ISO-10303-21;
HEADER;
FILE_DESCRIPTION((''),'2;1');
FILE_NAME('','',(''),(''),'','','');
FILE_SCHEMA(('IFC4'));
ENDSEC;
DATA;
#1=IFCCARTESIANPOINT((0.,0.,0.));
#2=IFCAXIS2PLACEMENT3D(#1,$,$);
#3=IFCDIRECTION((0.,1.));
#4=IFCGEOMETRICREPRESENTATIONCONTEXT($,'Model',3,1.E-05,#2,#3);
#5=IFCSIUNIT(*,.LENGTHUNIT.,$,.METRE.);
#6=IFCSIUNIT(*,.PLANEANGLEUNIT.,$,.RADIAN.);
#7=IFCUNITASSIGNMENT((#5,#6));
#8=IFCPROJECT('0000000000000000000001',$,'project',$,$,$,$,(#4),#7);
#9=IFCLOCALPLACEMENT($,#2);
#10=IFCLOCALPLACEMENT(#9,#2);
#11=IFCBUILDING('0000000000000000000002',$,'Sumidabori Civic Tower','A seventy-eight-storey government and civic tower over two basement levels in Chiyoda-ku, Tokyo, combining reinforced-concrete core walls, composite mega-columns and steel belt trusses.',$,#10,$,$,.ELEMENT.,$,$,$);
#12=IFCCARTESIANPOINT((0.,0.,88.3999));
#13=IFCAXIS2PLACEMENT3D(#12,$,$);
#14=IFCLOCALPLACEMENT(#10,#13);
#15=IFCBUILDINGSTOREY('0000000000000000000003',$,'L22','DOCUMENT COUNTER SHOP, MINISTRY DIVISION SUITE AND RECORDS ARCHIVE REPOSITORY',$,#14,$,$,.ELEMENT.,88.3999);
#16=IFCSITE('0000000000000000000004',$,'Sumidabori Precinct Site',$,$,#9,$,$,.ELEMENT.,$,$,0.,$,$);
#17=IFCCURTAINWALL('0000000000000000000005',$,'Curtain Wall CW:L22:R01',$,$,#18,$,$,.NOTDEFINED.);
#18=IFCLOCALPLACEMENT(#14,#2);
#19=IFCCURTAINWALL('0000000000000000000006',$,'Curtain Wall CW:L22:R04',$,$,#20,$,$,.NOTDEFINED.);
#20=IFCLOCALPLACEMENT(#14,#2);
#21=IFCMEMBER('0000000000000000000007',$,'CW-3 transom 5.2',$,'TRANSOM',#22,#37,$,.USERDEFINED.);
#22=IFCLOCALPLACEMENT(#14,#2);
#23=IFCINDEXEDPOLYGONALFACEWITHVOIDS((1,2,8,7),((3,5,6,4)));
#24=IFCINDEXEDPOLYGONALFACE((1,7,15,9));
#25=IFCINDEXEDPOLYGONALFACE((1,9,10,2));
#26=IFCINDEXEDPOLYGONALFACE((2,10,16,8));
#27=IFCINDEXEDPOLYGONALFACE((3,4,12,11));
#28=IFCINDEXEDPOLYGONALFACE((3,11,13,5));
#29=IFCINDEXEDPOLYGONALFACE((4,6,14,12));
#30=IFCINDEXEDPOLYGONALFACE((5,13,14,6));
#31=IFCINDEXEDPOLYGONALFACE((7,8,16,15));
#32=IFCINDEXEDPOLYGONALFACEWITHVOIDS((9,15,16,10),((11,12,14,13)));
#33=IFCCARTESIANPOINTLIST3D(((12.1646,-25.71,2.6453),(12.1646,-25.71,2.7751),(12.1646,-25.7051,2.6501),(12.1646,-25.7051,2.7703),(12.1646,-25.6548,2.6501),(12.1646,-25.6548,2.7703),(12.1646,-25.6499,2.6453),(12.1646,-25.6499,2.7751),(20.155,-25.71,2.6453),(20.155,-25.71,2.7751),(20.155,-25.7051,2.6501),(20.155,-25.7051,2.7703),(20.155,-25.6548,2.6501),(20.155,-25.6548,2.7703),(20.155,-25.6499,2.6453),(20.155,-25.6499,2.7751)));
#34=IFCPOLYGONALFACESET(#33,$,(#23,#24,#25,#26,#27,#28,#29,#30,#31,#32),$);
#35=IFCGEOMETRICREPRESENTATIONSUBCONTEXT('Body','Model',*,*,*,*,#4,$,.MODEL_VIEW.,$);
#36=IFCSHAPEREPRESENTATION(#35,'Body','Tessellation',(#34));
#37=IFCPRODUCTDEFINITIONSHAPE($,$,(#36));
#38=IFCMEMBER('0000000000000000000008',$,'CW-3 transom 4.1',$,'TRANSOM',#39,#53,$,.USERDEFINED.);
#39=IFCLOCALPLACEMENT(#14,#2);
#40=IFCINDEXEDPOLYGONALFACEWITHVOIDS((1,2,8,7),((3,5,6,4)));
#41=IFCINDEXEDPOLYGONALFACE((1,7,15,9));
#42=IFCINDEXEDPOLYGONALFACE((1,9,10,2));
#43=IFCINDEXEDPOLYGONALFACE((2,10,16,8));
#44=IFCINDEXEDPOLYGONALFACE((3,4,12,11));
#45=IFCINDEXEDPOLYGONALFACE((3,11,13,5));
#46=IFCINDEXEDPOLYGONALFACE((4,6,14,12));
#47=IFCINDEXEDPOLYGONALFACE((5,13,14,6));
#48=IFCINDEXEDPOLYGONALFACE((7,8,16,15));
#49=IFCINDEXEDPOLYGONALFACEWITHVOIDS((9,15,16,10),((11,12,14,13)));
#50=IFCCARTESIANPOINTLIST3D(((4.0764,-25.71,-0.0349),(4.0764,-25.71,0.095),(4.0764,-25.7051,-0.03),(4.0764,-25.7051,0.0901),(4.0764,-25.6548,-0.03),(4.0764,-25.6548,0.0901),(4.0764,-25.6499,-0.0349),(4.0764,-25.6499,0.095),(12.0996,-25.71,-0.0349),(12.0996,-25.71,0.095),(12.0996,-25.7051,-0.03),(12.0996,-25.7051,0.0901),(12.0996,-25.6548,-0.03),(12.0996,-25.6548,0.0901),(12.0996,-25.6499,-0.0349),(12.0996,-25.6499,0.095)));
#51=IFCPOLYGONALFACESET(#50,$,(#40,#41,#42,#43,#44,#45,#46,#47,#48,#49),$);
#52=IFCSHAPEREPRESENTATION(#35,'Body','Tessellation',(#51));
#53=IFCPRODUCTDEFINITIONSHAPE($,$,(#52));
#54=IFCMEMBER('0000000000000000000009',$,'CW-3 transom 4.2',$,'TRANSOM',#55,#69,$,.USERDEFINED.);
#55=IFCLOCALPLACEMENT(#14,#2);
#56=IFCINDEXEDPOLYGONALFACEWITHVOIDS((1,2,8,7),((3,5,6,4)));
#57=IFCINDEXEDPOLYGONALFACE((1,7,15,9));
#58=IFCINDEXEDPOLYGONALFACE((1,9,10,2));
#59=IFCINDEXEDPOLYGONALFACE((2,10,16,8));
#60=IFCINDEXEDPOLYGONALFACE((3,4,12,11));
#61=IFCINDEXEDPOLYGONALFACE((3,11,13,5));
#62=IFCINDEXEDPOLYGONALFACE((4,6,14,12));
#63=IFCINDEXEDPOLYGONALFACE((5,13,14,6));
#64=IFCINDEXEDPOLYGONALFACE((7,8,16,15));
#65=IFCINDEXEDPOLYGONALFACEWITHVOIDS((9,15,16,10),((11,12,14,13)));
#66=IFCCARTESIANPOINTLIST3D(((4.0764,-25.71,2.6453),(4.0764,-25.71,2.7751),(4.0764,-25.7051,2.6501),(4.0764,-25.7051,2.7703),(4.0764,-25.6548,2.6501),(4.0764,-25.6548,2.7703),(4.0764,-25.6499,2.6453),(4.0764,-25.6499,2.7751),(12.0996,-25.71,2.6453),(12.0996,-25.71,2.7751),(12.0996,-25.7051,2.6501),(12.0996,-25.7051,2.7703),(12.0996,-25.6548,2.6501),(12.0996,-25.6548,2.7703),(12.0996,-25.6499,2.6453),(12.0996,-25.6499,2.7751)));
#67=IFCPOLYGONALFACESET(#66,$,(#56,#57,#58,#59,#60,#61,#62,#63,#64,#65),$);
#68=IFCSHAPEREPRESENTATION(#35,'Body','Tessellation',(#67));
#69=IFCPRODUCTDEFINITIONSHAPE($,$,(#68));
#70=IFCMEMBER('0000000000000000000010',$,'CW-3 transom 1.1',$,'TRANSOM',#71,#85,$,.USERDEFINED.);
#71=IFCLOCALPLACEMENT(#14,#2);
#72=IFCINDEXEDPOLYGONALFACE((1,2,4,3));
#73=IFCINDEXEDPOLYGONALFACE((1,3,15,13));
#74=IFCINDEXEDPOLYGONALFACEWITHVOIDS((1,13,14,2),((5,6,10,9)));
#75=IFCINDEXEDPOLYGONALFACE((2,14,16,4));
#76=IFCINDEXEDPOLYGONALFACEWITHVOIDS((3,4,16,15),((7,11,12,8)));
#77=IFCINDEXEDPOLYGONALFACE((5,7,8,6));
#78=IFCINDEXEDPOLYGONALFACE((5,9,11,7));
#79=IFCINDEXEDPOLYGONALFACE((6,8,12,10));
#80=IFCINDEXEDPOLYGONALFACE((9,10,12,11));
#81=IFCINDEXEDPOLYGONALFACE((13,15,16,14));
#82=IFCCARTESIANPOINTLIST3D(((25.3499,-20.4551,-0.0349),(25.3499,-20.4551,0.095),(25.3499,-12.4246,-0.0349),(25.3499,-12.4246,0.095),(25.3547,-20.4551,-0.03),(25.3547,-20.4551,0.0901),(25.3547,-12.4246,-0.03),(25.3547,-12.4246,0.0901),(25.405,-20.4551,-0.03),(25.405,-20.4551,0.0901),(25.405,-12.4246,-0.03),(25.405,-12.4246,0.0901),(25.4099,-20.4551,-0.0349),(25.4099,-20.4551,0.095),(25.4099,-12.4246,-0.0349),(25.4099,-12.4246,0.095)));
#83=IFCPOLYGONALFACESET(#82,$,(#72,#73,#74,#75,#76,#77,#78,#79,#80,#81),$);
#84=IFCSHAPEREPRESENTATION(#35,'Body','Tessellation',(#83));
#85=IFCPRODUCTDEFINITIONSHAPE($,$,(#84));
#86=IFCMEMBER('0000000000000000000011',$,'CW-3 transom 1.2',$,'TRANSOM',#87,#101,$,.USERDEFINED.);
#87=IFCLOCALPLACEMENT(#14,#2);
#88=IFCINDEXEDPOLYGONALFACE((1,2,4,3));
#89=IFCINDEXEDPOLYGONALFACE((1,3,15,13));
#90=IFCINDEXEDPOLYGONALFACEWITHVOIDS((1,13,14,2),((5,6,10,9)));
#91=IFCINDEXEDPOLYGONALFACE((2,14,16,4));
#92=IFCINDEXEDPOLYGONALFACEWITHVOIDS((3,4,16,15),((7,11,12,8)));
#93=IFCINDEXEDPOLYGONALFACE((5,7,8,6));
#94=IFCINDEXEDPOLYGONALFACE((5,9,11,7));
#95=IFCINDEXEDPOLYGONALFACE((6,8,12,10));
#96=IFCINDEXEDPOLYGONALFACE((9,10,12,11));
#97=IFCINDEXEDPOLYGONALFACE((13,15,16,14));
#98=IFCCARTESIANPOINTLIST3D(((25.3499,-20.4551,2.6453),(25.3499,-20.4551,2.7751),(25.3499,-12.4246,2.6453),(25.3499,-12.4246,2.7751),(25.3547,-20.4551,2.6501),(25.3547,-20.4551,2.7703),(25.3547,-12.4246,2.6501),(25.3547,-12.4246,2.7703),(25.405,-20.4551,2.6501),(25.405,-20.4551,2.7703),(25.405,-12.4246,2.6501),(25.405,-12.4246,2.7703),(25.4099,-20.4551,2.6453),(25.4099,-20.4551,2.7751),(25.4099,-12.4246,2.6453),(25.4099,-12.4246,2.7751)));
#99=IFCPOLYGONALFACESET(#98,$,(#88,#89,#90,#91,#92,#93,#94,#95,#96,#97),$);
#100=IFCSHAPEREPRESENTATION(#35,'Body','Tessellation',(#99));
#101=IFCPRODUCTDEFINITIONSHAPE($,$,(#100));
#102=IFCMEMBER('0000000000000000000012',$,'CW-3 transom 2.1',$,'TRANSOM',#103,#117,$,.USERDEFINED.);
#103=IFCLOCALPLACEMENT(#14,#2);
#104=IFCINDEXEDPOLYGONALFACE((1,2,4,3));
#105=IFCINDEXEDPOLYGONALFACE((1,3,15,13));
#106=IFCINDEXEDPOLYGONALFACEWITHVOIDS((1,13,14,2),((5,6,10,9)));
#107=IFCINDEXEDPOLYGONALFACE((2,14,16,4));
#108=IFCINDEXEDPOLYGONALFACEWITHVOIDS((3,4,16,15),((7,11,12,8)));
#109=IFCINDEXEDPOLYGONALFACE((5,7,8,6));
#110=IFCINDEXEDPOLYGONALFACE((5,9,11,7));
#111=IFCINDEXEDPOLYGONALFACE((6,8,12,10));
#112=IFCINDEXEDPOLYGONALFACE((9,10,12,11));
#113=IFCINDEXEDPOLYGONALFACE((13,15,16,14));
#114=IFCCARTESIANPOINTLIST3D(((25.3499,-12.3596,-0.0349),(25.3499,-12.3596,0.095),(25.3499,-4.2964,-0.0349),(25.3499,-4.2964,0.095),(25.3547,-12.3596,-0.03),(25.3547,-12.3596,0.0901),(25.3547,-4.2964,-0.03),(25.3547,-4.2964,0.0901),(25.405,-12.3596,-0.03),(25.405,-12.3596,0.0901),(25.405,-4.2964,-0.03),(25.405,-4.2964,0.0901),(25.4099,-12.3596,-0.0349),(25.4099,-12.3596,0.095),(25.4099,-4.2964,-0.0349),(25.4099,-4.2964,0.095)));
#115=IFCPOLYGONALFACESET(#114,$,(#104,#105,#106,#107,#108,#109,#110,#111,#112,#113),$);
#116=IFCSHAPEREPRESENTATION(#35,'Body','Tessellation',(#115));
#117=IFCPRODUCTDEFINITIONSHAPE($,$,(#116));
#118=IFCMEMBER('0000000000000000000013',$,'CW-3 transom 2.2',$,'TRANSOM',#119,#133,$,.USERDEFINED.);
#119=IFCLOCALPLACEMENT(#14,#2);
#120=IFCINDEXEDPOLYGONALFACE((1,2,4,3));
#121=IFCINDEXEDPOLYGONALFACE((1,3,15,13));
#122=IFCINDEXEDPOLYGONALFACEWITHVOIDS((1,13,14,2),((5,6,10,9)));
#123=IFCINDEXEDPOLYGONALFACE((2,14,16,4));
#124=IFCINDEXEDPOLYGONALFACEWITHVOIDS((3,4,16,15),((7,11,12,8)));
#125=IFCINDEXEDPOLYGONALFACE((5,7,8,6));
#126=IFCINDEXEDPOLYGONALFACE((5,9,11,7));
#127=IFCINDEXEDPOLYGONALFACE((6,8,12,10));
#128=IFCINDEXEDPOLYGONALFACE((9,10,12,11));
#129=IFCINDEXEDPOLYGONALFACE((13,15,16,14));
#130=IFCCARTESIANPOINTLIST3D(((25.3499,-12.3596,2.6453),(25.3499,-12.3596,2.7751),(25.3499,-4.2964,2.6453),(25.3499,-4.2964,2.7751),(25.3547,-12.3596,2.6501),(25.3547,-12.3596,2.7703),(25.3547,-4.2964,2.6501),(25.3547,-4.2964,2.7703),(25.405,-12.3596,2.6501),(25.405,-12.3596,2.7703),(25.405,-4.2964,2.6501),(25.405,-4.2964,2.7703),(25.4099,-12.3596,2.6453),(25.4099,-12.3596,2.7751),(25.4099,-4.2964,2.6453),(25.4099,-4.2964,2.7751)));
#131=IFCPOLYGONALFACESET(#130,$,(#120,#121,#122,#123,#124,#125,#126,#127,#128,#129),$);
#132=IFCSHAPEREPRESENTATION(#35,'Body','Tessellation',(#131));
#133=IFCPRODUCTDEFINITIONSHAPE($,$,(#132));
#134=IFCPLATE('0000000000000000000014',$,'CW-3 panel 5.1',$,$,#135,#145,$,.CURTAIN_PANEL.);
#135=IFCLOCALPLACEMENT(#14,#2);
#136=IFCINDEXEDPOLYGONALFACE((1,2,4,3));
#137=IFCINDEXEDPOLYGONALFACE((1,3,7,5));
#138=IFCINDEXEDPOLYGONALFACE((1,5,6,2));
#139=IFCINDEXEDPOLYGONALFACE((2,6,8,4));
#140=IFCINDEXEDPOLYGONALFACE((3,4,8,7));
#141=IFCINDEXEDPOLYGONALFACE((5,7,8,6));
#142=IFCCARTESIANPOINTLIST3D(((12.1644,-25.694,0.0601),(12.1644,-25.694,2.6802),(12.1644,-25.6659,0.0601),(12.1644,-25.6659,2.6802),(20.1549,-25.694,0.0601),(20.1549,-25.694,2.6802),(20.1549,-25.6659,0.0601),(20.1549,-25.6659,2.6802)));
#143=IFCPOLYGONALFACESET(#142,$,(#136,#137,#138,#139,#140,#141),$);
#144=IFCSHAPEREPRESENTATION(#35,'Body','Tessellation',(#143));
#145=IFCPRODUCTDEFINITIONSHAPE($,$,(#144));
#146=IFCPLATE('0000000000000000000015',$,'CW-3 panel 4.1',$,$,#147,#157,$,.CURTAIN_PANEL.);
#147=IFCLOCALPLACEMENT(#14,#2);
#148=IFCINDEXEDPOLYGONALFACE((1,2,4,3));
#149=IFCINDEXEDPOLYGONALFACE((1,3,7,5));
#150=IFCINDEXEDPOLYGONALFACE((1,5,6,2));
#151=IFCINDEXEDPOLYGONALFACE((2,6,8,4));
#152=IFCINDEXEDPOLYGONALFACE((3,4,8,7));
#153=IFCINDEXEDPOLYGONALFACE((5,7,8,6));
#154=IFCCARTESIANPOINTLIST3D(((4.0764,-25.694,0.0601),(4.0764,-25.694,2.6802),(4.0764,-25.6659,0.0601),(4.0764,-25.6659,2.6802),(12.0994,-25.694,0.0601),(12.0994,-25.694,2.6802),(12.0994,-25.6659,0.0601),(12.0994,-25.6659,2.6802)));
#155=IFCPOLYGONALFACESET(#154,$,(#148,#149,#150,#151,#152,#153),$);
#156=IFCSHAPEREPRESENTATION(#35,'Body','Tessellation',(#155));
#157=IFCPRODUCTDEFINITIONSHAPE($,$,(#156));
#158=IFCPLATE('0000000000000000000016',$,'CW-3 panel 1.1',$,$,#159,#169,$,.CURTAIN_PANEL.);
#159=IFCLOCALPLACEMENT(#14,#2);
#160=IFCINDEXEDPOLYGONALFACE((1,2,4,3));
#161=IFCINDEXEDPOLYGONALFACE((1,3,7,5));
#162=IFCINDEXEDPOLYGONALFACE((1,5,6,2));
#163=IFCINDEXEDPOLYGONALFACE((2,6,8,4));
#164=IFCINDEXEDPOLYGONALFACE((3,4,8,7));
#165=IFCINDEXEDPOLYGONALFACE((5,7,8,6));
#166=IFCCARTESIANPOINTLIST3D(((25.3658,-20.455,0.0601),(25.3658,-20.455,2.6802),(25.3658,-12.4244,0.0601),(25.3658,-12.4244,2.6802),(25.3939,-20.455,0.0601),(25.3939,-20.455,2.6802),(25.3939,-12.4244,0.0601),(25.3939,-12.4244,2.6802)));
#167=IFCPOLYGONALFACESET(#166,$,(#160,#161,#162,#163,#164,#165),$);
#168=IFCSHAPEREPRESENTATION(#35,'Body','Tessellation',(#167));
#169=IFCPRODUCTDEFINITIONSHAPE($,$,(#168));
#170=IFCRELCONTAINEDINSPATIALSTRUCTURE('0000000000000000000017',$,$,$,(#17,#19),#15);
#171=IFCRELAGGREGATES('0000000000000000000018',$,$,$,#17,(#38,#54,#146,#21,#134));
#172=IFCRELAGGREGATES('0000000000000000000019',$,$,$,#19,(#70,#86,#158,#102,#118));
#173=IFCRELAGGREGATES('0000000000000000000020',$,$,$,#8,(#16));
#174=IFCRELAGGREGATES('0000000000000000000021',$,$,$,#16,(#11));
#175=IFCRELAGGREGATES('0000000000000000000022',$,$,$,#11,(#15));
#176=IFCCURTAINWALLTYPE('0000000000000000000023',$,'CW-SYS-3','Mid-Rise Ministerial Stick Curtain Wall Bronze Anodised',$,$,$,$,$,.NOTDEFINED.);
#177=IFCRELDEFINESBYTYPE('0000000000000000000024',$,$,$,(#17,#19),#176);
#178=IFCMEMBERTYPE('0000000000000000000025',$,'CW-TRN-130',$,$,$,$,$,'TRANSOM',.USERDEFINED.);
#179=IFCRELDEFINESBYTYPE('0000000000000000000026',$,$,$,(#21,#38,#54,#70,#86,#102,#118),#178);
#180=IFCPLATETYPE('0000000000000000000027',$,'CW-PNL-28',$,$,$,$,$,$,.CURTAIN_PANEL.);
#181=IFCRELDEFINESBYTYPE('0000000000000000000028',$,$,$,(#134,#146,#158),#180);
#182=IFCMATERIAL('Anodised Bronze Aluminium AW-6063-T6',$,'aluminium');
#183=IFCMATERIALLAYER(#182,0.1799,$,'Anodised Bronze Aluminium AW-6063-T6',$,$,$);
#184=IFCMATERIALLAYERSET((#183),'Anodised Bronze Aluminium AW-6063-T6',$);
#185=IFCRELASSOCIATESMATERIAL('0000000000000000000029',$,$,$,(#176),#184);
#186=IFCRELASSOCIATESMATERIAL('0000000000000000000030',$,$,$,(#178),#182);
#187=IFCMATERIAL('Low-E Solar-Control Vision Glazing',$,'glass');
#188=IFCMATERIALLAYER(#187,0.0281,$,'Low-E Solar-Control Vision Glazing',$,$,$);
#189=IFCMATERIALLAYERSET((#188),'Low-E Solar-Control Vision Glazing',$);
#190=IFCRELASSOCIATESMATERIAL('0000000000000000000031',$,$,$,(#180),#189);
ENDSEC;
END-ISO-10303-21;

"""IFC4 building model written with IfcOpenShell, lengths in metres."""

from ifc_helpers import new_model, si_unit, direction, frame, origin, origin_2d, place, context, subcontext, project, spatial, rectangle, hollow_rectangle, extrude, source, transform, mapped, material, layer, layer_set, material_profile, profile_set, type_object, element, aggregate, save


model = new_model("IFC4")

# Units and contexts
model_context = context("Model", 3, precision=1e-05, world=origin(), true_north=direction((0.0, 1.0)))
body_context = subcontext(model_context, "Body", "Model", "MODEL_VIEW")
ifc_project = project(units=[si_unit("LENGTHUNIT", "METRE"), si_unit("PLANEANGLEUNIT", "RADIAN")], contexts=[model_context])

# Site, building, storey
site_placement = place(None, origin())
site = spatial("IfcSite", under=ifc_project, at=site_placement, Name="Sumidabori Precinct Site", CompositionType="ELEMENT", RefElevation=0.0)
building_placement = place(site_placement, origin())
building = spatial("IfcBuilding", under=site, at=building_placement, Name="Sumidabori Civic Tower", Description="A seventy-eight-storey government and civic tower over two basement levels in Chiyoda-ku, Tokyo, combining reinforced-concrete core walls, composite mega-columns and steel belt trusses.", CompositionType="ELEMENT")
storey_placement = place(building_placement, frame((0.0, 0.0, 88.3999)))
storey = spatial("IfcBuildingStorey", under=building, at=storey_placement, Name="L22", Description="DOCUMENT COUNTER SHOP, MINISTRY DIVISION SUITE AND RECORDS ARCHIVE REPOSITORY", CompositionType="ELEMENT", Elevation=88.3999)

# Curtain walls
ifc_material_1 = material(Name="Anodised Bronze Aluminium AW-6063-T6", Category="aluminium")
ifc_layer_1 = layer(ifc_material_1, 0.1799, Name="Anodised Bronze Aluminium AW-6063-T6")
ifc_layer_set_1 = layer_set([ifc_layer_1], Name="Anodised Bronze Aluminium AW-6063-T6")
curtain_wall_type = type_object("IfcCurtainWallType", Name="CW-SYS-3", Description="Mid-Rise Ministerial Stick Curtain Wall Bronze Anodised", PredefinedType="NOTDEFINED", material=ifc_layer_set_1)
curtain_wall_1_placement = place(storey_placement, origin())
curtain_wall_1 = element("IfcCurtainWall", 1, at=curtain_wall_1_placement, inside=storey, type_object=curtain_wall_type, Name="Curtain Wall CW:L22:R01", PredefinedType="NOTDEFINED")
curtain_wall_2_placement = place(storey_placement, origin())
curtain_wall_2 = element("IfcCurtainWall", 2, at=curtain_wall_2_placement, inside=storey, type_object=curtain_wall_type, Name="Curtain Wall CW:L22:R04", PredefinedType="NOTDEFINED")

# Members
ifc_material_profile_1 = material_profile(ifc_material_1, hollow_rectangle(XDim=0.0601, YDim=0.1299, WallThickness=0.0049, at=origin_2d()), Name="ALU TRANSOM 130x60")
ifc_profile_set_1 = profile_set([ifc_material_profile_1], Name="Anodised Bronze Aluminium AW-6063-T6")
member_type_1 = type_object("IfcMemberType", Name="CW-TRN-130", ElementType="TRANSOM", PredefinedType="USERDEFINED", material=ifc_profile_set_1)
shared_shape_1 = source(origin(), body_context, "Body", "SweptSolid", [
    extrude(hollow_rectangle(XDim=0.0601, YDim=0.1299, WallThickness=0.0049, at=origin_2d()), origin(), (0.0, 0.0, 1.0), 7.9905),
])
member_1_placement = place(storey_placement, frame((12.1646, -25.6799, 2.7102), z_axis=(1.0, 0.0, 0.0), x_axis=(0.0, 1.0, 0.0)))
member_1 = element("IfcMember", 3, at=member_1_placement, type_object=member_type_1, Name="CW-3 transom 5.2", ObjectType="TRANSOM", PredefinedType="USERDEFINED", context=body_context, shape_type="MappedRepresentation", body=[
    mapped(shared_shape_1, transform((0.0, 0.0, 0.0), x_axis=(1.0, 0.0, 0.0), y_axis=(0.0, 1.0, 0.0), z_axis=(0.0, 0.0, 1.0), scale=1.0)),
])
shared_shape_2 = source(origin(), body_context, "Body", "SweptSolid", [
    extrude(hollow_rectangle(XDim=0.0601, YDim=0.1299, WallThickness=0.0049, at=origin_2d()), origin(), (0.0, 0.0, 1.0), 8.0232),
])
member_2_placement = place(storey_placement, frame((4.0764, -25.6799, 0.03), z_axis=(1.0, 0.0, 0.0), x_axis=(0.0, 1.0, 0.0)))
member_2 = element("IfcMember", 4, at=member_2_placement, type_object=member_type_1, Name="CW-3 transom 4.1", ObjectType="TRANSOM", PredefinedType="USERDEFINED", context=body_context, shape_type="MappedRepresentation", body=[
    mapped(shared_shape_2, transform((0.0, 0.0, 0.0), x_axis=(1.0, 0.0, 0.0), y_axis=(0.0, 1.0, 0.0), z_axis=(0.0, 0.0, 1.0), scale=1.0)),
])
member_3_placement = place(storey_placement, frame((4.0764, -25.6799, 2.7102), z_axis=(1.0, 0.0, 0.0), x_axis=(0.0, 1.0, 0.0)))
member_3 = element("IfcMember", 5, at=member_3_placement, type_object=member_type_1, Name="CW-3 transom 4.2", ObjectType="TRANSOM", PredefinedType="USERDEFINED", context=body_context, shape_type="MappedRepresentation", body=[
    mapped(shared_shape_2, transform((0.0, 0.0, 0.0), x_axis=(1.0, 0.0, 0.0), y_axis=(0.0, 1.0, 0.0), z_axis=(0.0, 0.0, 1.0), scale=1.0)),
])
shared_shape_3 = source(origin(), body_context, "Body", "SweptSolid", [
    extrude(hollow_rectangle(XDim=0.0601, YDim=0.1299, WallThickness=0.0049, at=origin_2d()), origin(), (0.0, 0.0, 1.0), 8.0305),
])
member_4_placement = place(storey_placement, frame((25.3799, -20.4551, 0.03), z_axis=(0.0, 1.0, 0.0), x_axis=(-1.0, 0.0, 0.0)))
member_4 = element("IfcMember", 6, at=member_4_placement, type_object=member_type_1, Name="CW-3 transom 1.1", ObjectType="TRANSOM", PredefinedType="USERDEFINED", context=body_context, shape_type="MappedRepresentation", body=[
    mapped(shared_shape_3, transform((0.0, 0.0, 0.0), x_axis=(1.0, 0.0, 0.0), y_axis=(0.0, 1.0, 0.0), z_axis=(0.0, 0.0, 1.0), scale=1.0)),
])
member_5_placement = place(storey_placement, frame((25.3799, -20.4551, 2.7102), z_axis=(0.0, 1.0, 0.0), x_axis=(-1.0, 0.0, 0.0)))
member_5 = element("IfcMember", 7, at=member_5_placement, type_object=member_type_1, Name="CW-3 transom 1.2", ObjectType="TRANSOM", PredefinedType="USERDEFINED", context=body_context, shape_type="MappedRepresentation", body=[
    mapped(shared_shape_3, transform((0.0, 0.0, 0.0), x_axis=(1.0, 0.0, 0.0), y_axis=(0.0, 1.0, 0.0), z_axis=(0.0, 0.0, 1.0), scale=1.0)),
])
shared_shape_4 = source(origin(), body_context, "Body", "SweptSolid", [
    extrude(hollow_rectangle(XDim=0.0601, YDim=0.1299, WallThickness=0.0049, at=origin_2d()), origin(), (0.0, 0.0, 1.0), 8.0632),
])
member_6_placement = place(storey_placement, frame((25.3799, -12.3596, 0.03), z_axis=(0.0, 1.0, 0.0), x_axis=(-1.0, 0.0, 0.0)))
member_6 = element("IfcMember", 8, at=member_6_placement, type_object=member_type_1, Name="CW-3 transom 2.1", ObjectType="TRANSOM", PredefinedType="USERDEFINED", context=body_context, shape_type="MappedRepresentation", body=[
    mapped(shared_shape_4, transform((0.0, 0.0, 0.0), x_axis=(1.0, 0.0, 0.0), y_axis=(0.0, 1.0, 0.0), z_axis=(0.0, 0.0, 1.0), scale=1.0)),
])
member_7_placement = place(storey_placement, frame((25.3799, -12.3596, 2.7102), z_axis=(0.0, 1.0, 0.0), x_axis=(-1.0, 0.0, 0.0)))
member_7 = element("IfcMember", 9, at=member_7_placement, type_object=member_type_1, Name="CW-3 transom 2.2", ObjectType="TRANSOM", PredefinedType="USERDEFINED", context=body_context, shape_type="MappedRepresentation", body=[
    mapped(shared_shape_4, transform((0.0, 0.0, 0.0), x_axis=(1.0, 0.0, 0.0), y_axis=(0.0, 1.0, 0.0), z_axis=(0.0, 0.0, 1.0), scale=1.0)),
])

# Plates
ifc_material_2 = material(Name="Low-E Solar-Control Vision Glazing", Category="glass")
ifc_layer_2 = layer(ifc_material_2, 0.0281, Name="Low-E Solar-Control Vision Glazing")
ifc_layer_set_2 = layer_set([ifc_layer_2], Name="Low-E Solar-Control Vision Glazing")
plate_type = type_object("IfcPlateType", Name="CW-PNL-28", PredefinedType="CURTAIN_PANEL", material=ifc_layer_set_2)
shared_shape_5 = source(origin(), body_context, "Body", "SweptSolid", [
    extrude(rectangle(XDim=7.9905, YDim=0.0281, at=origin_2d()), origin(), (0.0, 0.0, 1.0), 2.6201),
])
plate_1_placement = place(storey_placement, frame((16.1597, -25.6799, 0.0601), z_axis=(0.0, 0.0, 1.0), x_axis=(1.0, 0.0, 0.0)))
plate_1 = element("IfcPlate", 10, at=plate_1_placement, type_object=plate_type, Name="CW-3 panel 5.1", PredefinedType="CURTAIN_PANEL", context=body_context, shape_type="MappedRepresentation", body=[
    mapped(shared_shape_5, transform((0.0, 0.0, 0.0), x_axis=(1.0, 0.0, 0.0), y_axis=(0.0, 1.0, 0.0), z_axis=(0.0, 0.0, 1.0), scale=1.0)),
])
shared_shape_6 = source(origin(), body_context, "Body", "SweptSolid", [
    extrude(rectangle(XDim=8.0229, YDim=0.0281, at=origin_2d()), origin(), (0.0, 0.0, 1.0), 2.6201),
])
plate_2_placement = place(storey_placement, frame((8.0879, -25.6799, 0.0601), z_axis=(0.0, 0.0, 1.0), x_axis=(1.0, 0.0, 0.0)))
plate_2 = element("IfcPlate", 11, at=plate_2_placement, type_object=plate_type, Name="CW-3 panel 4.1", PredefinedType="CURTAIN_PANEL", context=body_context, shape_type="MappedRepresentation", body=[
    mapped(shared_shape_6, transform((0.0, 0.0, 0.0), x_axis=(1.0, 0.0, 0.0), y_axis=(0.0, 1.0, 0.0), z_axis=(0.0, 0.0, 1.0), scale=1.0)),
])
aggregate(curtain_wall_1, [member_2, member_3, plate_2, member_1, plate_1])
shared_shape_7 = source(origin(), body_context, "Body", "SweptSolid", [
    extrude(rectangle(XDim=8.0305, YDim=0.0281, at=origin_2d()), origin(), (0.0, 0.0, 1.0), 2.6201),
])
plate_3_placement = place(storey_placement, frame((25.3799, -16.4397, 0.0601), z_axis=(0.0, 0.0, 1.0), x_axis=(0.0, 1.0, 0.0)))
plate_3 = element("IfcPlate", 12, at=plate_3_placement, type_object=plate_type, Name="CW-3 panel 1.1", PredefinedType="CURTAIN_PANEL", context=body_context, shape_type="MappedRepresentation", body=[
    mapped(shared_shape_7, transform((0.0, 0.0, 0.0), x_axis=(1.0, 0.0, 0.0), y_axis=(0.0, 1.0, 0.0), z_axis=(0.0, 0.0, 1.0), scale=1.0)),
])
aggregate(curtain_wall_2, [member_4, member_5, plate_3, member_6, member_7])

save(model, "model.ifc")
